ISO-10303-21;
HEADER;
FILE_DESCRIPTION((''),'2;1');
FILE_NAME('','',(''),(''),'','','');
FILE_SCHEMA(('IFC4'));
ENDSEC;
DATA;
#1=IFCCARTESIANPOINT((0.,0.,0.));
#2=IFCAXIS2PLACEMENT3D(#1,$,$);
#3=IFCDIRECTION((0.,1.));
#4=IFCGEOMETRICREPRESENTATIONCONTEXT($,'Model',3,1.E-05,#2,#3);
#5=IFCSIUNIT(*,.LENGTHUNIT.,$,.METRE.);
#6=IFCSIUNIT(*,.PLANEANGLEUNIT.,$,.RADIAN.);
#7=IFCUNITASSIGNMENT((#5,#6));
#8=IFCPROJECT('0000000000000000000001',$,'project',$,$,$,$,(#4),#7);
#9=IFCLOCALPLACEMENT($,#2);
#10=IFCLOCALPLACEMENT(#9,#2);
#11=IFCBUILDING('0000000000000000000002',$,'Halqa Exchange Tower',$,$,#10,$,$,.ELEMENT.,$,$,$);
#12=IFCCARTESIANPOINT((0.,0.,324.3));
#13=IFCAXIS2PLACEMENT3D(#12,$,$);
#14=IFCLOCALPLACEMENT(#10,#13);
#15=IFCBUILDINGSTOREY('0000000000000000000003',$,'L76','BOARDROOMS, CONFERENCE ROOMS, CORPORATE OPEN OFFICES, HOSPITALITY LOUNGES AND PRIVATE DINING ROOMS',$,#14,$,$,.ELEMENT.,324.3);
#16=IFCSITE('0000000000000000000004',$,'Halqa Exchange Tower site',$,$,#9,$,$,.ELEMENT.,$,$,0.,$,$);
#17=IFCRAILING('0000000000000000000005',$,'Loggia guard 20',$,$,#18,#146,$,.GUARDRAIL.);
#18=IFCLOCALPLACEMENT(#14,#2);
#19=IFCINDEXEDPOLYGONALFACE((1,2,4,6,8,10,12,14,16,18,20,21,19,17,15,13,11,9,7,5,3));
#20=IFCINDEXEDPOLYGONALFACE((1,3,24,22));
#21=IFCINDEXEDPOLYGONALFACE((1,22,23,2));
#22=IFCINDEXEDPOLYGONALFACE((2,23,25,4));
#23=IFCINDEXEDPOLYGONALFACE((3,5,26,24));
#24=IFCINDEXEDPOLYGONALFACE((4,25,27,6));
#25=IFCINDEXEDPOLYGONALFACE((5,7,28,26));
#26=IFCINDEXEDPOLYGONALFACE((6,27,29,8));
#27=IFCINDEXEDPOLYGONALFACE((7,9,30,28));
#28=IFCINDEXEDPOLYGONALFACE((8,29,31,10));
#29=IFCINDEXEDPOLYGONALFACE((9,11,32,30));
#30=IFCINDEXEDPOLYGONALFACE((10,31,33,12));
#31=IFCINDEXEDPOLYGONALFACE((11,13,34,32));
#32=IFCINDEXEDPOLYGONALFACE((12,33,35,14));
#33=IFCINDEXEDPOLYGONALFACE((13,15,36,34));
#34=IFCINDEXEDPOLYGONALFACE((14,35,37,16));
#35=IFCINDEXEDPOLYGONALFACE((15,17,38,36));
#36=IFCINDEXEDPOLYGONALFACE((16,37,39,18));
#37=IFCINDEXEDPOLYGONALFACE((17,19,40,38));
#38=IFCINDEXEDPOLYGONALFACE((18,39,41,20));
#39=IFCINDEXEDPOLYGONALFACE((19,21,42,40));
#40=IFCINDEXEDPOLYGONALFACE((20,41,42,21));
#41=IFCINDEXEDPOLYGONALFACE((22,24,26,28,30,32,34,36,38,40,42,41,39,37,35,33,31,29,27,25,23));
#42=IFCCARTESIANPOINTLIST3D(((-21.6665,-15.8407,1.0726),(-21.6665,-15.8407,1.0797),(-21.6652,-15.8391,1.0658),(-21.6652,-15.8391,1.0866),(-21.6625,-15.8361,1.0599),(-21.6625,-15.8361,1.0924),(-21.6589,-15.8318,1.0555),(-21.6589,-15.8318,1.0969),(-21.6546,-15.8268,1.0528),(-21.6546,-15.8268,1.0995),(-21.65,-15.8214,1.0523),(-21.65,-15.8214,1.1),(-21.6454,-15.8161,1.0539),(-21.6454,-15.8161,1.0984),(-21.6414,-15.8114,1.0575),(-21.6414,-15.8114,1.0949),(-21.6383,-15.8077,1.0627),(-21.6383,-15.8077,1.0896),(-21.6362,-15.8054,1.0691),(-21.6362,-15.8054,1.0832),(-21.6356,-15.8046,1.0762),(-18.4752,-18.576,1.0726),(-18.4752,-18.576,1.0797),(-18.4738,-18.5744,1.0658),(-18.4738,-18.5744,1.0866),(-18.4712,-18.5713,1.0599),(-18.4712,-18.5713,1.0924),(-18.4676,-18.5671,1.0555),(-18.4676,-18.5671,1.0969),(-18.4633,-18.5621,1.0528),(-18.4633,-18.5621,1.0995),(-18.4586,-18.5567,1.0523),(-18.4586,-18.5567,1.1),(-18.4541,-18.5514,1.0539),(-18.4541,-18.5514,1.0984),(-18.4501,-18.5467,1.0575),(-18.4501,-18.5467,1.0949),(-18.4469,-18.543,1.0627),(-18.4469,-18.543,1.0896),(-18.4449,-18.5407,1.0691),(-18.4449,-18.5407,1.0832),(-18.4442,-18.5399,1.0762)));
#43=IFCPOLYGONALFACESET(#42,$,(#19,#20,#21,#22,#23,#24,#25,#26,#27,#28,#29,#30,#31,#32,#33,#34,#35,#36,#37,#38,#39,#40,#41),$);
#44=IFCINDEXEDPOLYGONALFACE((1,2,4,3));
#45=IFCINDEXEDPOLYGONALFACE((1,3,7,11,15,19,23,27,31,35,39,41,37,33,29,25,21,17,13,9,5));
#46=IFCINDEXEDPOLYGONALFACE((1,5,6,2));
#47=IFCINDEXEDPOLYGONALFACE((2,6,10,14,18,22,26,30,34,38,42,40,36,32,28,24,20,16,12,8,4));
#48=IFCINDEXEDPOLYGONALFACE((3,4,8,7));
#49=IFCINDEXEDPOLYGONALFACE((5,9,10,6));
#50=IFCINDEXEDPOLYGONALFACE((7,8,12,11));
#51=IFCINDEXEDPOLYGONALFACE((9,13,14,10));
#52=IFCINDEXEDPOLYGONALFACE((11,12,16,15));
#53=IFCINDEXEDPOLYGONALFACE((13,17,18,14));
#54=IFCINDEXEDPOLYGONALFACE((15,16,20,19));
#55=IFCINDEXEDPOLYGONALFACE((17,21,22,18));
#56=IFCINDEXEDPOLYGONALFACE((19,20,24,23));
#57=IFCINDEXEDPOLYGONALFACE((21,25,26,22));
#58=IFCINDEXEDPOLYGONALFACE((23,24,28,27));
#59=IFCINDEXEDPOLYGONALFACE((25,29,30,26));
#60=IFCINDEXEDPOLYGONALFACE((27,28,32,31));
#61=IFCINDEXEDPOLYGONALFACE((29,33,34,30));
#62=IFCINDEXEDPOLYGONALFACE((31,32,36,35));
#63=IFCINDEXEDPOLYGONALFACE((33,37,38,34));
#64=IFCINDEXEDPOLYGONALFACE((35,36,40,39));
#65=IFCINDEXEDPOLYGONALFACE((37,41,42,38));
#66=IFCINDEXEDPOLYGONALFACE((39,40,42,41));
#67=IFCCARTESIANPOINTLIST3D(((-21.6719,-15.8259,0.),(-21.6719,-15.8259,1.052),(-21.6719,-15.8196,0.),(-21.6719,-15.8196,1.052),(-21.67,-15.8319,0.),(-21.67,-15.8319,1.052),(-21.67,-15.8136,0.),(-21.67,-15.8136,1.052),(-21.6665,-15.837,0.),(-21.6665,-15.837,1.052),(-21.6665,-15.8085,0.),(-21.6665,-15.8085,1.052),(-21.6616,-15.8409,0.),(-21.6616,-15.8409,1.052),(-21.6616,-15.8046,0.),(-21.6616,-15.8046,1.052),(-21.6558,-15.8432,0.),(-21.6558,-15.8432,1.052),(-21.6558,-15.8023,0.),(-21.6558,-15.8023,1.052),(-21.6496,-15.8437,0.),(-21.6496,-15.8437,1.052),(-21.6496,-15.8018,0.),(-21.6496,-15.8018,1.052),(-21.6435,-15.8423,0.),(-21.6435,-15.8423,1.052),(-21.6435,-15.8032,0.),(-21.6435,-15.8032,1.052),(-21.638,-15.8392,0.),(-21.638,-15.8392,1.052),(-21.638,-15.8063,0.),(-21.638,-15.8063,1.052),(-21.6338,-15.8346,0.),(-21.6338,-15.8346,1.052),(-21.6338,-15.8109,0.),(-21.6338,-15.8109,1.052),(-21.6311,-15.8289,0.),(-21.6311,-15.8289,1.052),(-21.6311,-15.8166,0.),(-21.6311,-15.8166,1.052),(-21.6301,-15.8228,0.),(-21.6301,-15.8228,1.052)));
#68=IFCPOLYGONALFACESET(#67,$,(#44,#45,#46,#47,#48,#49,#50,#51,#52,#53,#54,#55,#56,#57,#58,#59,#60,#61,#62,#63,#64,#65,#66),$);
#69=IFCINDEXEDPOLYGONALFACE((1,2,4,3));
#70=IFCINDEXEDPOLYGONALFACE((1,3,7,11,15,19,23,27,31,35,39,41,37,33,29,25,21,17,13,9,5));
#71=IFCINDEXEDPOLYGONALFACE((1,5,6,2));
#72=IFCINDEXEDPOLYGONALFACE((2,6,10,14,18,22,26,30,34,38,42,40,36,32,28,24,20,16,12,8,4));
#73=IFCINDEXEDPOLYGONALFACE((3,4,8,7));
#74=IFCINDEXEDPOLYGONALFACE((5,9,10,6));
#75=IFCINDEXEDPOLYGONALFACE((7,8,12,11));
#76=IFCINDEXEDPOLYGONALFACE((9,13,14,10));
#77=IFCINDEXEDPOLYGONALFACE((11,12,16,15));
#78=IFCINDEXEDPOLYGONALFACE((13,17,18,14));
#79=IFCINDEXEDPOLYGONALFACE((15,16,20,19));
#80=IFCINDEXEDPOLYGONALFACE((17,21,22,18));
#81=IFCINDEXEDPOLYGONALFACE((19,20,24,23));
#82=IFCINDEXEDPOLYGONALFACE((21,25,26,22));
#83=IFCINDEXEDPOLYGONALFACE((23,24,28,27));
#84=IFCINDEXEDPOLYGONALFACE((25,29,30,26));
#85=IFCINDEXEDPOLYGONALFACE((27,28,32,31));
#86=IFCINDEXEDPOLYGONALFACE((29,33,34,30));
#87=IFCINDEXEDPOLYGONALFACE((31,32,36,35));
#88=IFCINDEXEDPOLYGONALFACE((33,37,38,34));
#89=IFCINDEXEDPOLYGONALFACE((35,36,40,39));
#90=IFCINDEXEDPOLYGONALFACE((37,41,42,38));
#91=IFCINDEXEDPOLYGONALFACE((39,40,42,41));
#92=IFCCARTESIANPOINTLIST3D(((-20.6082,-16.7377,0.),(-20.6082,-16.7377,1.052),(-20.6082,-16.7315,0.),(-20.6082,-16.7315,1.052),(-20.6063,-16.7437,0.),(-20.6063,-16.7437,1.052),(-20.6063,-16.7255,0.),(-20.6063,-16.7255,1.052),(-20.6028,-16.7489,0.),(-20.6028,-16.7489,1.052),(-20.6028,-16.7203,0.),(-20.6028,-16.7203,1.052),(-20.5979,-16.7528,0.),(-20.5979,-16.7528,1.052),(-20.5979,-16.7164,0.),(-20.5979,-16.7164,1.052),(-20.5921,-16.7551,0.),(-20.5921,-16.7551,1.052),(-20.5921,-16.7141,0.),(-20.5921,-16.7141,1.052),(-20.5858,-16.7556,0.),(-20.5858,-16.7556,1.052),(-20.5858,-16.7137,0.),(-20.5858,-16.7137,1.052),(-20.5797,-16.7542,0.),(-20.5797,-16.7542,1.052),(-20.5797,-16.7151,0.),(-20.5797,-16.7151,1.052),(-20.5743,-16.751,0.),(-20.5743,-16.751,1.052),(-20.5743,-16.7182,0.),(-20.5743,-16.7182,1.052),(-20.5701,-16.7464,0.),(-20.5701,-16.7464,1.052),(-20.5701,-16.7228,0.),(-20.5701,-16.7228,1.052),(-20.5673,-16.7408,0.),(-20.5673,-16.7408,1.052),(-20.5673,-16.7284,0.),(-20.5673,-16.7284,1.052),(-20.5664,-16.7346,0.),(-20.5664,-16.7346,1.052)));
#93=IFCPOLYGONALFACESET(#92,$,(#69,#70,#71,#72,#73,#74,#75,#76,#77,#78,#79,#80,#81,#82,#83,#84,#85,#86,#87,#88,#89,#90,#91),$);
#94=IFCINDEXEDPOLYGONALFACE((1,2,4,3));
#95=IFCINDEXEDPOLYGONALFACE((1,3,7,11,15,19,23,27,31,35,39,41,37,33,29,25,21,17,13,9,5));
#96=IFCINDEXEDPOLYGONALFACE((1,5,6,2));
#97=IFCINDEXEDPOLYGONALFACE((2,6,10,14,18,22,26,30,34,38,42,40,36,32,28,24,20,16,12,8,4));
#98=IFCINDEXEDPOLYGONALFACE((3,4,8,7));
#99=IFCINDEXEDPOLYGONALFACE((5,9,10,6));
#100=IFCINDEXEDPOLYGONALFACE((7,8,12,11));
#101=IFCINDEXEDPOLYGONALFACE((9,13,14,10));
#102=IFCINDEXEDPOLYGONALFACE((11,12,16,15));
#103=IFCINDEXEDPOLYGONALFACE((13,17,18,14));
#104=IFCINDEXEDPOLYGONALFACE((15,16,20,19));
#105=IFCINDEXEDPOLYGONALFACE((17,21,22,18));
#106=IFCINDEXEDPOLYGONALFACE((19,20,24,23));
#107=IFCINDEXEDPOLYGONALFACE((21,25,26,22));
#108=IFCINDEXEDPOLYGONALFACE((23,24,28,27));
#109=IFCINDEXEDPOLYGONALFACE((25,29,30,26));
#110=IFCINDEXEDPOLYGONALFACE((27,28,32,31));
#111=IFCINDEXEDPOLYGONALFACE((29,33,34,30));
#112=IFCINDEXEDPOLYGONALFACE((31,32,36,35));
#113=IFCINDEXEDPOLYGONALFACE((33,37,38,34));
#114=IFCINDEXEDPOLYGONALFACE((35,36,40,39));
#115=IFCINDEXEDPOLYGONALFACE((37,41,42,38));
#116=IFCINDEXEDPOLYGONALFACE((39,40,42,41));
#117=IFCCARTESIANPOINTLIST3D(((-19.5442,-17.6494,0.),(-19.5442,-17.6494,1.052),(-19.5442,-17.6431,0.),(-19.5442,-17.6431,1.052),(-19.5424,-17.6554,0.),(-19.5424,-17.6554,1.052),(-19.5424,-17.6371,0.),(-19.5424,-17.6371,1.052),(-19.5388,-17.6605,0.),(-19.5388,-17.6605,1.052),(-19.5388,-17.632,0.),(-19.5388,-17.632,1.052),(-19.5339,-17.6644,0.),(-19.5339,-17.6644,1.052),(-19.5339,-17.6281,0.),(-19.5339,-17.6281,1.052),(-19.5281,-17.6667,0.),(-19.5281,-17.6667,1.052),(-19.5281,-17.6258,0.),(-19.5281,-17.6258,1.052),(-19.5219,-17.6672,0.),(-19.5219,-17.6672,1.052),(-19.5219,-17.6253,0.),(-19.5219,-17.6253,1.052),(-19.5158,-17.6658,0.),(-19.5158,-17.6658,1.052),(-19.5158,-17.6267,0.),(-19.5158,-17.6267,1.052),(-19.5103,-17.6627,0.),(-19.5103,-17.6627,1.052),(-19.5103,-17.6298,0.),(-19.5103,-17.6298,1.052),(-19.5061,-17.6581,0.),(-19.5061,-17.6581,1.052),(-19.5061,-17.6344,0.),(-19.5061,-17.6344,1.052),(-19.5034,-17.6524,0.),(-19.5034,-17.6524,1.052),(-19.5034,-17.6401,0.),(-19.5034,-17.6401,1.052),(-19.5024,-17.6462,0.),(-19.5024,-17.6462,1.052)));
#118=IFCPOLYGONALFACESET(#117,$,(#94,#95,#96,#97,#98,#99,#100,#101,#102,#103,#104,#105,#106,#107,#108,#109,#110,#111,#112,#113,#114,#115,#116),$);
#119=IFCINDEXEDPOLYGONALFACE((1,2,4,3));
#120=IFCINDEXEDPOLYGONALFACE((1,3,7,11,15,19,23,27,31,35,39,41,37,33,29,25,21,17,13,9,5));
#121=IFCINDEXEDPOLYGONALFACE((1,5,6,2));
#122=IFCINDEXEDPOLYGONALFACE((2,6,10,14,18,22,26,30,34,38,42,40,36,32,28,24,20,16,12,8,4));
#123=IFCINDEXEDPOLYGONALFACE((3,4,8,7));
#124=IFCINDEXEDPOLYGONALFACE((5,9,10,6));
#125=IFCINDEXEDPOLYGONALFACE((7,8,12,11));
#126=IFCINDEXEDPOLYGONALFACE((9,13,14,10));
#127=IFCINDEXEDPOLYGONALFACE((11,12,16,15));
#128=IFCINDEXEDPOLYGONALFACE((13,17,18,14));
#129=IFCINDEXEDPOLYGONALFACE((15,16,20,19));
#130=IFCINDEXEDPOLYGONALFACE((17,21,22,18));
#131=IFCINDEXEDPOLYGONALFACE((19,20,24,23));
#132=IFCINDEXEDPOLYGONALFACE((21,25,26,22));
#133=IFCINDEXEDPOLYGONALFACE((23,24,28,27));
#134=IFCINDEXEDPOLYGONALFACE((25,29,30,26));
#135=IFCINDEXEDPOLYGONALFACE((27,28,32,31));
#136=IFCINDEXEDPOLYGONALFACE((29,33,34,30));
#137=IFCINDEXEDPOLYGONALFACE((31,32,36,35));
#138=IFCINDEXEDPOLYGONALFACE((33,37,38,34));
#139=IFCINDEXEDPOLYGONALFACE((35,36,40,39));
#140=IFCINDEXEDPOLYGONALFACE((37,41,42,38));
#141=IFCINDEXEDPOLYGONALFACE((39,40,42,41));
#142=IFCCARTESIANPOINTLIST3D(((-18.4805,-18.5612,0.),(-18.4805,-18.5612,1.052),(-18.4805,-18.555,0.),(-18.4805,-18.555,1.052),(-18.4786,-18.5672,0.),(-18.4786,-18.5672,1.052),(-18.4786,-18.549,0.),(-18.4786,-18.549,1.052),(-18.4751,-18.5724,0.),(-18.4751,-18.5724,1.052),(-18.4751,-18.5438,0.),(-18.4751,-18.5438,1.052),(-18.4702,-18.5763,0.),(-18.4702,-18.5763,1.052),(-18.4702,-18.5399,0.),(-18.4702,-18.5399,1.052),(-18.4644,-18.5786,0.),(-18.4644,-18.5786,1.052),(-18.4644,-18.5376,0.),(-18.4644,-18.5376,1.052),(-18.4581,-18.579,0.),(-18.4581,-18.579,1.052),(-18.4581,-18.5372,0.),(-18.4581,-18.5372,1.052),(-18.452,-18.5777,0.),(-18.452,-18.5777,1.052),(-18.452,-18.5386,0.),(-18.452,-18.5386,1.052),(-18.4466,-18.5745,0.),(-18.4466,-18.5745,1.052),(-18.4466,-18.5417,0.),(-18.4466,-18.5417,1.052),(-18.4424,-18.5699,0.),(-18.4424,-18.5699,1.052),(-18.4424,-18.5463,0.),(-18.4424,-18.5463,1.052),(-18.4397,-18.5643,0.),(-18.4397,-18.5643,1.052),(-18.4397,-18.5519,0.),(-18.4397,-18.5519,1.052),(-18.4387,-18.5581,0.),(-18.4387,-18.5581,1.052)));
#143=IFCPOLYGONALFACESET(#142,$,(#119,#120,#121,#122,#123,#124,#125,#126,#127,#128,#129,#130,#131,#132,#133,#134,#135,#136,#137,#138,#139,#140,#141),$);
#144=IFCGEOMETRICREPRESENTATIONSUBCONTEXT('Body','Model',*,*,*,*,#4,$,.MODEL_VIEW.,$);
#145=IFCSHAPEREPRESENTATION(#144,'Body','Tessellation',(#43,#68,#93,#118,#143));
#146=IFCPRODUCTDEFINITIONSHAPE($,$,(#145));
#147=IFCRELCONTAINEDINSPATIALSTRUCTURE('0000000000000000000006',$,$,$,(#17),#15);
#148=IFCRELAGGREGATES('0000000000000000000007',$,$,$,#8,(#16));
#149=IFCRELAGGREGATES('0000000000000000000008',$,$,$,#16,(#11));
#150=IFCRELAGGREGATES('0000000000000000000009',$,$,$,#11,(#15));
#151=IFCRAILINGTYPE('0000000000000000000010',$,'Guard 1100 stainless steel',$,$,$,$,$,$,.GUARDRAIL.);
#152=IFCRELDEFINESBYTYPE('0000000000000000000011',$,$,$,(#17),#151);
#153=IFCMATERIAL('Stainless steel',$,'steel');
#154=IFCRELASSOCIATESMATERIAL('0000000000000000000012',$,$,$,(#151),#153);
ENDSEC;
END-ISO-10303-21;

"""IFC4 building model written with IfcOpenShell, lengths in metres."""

from ifc_helpers import new_model, si_unit, direction, frame, origin, origin_2d, place, context, subcontext, project, spatial, circle, extrude, material, type_object, element, save


model = new_model("IFC4")

# Units and contexts
model_context = context("Model", 3, precision=1e-05, world=origin(), true_north=direction((0.0, 1.0)))
body_context = subcontext(model_context, "Body", "Model", "MODEL_VIEW")
ifc_project = project(units=[si_unit("LENGTHUNIT", "METRE"), si_unit("PLANEANGLEUNIT", "RADIAN")], contexts=[model_context])

# Site, building, storey
site_placement = place(None, origin())
site = spatial("IfcSite", under=ifc_project, at=site_placement, Name="Halqa Exchange Tower site", CompositionType="ELEMENT", RefElevation=0.0)
building_placement = place(site_placement, origin())
building = spatial("IfcBuilding", under=site, at=building_placement, Name="Halqa Exchange Tower", CompositionType="ELEMENT")
storey_placement = place(building_placement, frame((0.0, 0.0, 324.3)))
storey = spatial("IfcBuildingStorey", under=building, at=storey_placement, Name="L76", Description="BOARDROOMS, CONFERENCE ROOMS, CORPORATE OPEN OFFICES, HOSPITALITY LOUNGES AND PRIVATE DINING ROOMS", CompositionType="ELEMENT", Elevation=324.3)

# Railing
ifc_material_1 = material(Name="Stainless steel", Category="steel")
railing_type = type_object("IfcRailingType", Name="Guard 1100 stainless steel", PredefinedType="GUARDRAIL", material=ifc_material_1)
railing_1_placement = place(storey_placement, frame((-21.6511, -15.8228, 0.0)))
element("IfcRailing", 1, at=railing_1_placement, inside=storey, type_object=railing_type, Name="Loggia guard 20", PredefinedType="GUARDRAIL", context=body_context, shape_type="SweptSolid", body=[
    extrude(circle(Radius=0.0239, at=origin_2d()), frame((0.0, 0.0, 1.0762), z_axis=(0.759273, -0.650772, 0.0), x_axis=(0.650772, 0.759273, 0.0)), (0.0, 0.0, 1.0), 4.2031),
    extrude(circle(Radius=0.021, at=origin_2d()), origin(), (0.0, 0.0, 1.0), 1.052),
    extrude(circle(Radius=0.021, at=origin_2d()), frame((1.0637, -0.9119, 0.0)), (0.0, 0.0, 1.0), 1.052),
    extrude(circle(Radius=0.021, at=origin_2d()), frame((2.1277, -1.8235, 0.0)), (0.0, 0.0, 1.0), 1.052),
    extrude(circle(Radius=0.021, at=origin_2d()), frame((3.1914, -2.7354, 0.0)), (0.0, 0.0, 1.0), 1.052),
])

save(model, "model.ifc")
